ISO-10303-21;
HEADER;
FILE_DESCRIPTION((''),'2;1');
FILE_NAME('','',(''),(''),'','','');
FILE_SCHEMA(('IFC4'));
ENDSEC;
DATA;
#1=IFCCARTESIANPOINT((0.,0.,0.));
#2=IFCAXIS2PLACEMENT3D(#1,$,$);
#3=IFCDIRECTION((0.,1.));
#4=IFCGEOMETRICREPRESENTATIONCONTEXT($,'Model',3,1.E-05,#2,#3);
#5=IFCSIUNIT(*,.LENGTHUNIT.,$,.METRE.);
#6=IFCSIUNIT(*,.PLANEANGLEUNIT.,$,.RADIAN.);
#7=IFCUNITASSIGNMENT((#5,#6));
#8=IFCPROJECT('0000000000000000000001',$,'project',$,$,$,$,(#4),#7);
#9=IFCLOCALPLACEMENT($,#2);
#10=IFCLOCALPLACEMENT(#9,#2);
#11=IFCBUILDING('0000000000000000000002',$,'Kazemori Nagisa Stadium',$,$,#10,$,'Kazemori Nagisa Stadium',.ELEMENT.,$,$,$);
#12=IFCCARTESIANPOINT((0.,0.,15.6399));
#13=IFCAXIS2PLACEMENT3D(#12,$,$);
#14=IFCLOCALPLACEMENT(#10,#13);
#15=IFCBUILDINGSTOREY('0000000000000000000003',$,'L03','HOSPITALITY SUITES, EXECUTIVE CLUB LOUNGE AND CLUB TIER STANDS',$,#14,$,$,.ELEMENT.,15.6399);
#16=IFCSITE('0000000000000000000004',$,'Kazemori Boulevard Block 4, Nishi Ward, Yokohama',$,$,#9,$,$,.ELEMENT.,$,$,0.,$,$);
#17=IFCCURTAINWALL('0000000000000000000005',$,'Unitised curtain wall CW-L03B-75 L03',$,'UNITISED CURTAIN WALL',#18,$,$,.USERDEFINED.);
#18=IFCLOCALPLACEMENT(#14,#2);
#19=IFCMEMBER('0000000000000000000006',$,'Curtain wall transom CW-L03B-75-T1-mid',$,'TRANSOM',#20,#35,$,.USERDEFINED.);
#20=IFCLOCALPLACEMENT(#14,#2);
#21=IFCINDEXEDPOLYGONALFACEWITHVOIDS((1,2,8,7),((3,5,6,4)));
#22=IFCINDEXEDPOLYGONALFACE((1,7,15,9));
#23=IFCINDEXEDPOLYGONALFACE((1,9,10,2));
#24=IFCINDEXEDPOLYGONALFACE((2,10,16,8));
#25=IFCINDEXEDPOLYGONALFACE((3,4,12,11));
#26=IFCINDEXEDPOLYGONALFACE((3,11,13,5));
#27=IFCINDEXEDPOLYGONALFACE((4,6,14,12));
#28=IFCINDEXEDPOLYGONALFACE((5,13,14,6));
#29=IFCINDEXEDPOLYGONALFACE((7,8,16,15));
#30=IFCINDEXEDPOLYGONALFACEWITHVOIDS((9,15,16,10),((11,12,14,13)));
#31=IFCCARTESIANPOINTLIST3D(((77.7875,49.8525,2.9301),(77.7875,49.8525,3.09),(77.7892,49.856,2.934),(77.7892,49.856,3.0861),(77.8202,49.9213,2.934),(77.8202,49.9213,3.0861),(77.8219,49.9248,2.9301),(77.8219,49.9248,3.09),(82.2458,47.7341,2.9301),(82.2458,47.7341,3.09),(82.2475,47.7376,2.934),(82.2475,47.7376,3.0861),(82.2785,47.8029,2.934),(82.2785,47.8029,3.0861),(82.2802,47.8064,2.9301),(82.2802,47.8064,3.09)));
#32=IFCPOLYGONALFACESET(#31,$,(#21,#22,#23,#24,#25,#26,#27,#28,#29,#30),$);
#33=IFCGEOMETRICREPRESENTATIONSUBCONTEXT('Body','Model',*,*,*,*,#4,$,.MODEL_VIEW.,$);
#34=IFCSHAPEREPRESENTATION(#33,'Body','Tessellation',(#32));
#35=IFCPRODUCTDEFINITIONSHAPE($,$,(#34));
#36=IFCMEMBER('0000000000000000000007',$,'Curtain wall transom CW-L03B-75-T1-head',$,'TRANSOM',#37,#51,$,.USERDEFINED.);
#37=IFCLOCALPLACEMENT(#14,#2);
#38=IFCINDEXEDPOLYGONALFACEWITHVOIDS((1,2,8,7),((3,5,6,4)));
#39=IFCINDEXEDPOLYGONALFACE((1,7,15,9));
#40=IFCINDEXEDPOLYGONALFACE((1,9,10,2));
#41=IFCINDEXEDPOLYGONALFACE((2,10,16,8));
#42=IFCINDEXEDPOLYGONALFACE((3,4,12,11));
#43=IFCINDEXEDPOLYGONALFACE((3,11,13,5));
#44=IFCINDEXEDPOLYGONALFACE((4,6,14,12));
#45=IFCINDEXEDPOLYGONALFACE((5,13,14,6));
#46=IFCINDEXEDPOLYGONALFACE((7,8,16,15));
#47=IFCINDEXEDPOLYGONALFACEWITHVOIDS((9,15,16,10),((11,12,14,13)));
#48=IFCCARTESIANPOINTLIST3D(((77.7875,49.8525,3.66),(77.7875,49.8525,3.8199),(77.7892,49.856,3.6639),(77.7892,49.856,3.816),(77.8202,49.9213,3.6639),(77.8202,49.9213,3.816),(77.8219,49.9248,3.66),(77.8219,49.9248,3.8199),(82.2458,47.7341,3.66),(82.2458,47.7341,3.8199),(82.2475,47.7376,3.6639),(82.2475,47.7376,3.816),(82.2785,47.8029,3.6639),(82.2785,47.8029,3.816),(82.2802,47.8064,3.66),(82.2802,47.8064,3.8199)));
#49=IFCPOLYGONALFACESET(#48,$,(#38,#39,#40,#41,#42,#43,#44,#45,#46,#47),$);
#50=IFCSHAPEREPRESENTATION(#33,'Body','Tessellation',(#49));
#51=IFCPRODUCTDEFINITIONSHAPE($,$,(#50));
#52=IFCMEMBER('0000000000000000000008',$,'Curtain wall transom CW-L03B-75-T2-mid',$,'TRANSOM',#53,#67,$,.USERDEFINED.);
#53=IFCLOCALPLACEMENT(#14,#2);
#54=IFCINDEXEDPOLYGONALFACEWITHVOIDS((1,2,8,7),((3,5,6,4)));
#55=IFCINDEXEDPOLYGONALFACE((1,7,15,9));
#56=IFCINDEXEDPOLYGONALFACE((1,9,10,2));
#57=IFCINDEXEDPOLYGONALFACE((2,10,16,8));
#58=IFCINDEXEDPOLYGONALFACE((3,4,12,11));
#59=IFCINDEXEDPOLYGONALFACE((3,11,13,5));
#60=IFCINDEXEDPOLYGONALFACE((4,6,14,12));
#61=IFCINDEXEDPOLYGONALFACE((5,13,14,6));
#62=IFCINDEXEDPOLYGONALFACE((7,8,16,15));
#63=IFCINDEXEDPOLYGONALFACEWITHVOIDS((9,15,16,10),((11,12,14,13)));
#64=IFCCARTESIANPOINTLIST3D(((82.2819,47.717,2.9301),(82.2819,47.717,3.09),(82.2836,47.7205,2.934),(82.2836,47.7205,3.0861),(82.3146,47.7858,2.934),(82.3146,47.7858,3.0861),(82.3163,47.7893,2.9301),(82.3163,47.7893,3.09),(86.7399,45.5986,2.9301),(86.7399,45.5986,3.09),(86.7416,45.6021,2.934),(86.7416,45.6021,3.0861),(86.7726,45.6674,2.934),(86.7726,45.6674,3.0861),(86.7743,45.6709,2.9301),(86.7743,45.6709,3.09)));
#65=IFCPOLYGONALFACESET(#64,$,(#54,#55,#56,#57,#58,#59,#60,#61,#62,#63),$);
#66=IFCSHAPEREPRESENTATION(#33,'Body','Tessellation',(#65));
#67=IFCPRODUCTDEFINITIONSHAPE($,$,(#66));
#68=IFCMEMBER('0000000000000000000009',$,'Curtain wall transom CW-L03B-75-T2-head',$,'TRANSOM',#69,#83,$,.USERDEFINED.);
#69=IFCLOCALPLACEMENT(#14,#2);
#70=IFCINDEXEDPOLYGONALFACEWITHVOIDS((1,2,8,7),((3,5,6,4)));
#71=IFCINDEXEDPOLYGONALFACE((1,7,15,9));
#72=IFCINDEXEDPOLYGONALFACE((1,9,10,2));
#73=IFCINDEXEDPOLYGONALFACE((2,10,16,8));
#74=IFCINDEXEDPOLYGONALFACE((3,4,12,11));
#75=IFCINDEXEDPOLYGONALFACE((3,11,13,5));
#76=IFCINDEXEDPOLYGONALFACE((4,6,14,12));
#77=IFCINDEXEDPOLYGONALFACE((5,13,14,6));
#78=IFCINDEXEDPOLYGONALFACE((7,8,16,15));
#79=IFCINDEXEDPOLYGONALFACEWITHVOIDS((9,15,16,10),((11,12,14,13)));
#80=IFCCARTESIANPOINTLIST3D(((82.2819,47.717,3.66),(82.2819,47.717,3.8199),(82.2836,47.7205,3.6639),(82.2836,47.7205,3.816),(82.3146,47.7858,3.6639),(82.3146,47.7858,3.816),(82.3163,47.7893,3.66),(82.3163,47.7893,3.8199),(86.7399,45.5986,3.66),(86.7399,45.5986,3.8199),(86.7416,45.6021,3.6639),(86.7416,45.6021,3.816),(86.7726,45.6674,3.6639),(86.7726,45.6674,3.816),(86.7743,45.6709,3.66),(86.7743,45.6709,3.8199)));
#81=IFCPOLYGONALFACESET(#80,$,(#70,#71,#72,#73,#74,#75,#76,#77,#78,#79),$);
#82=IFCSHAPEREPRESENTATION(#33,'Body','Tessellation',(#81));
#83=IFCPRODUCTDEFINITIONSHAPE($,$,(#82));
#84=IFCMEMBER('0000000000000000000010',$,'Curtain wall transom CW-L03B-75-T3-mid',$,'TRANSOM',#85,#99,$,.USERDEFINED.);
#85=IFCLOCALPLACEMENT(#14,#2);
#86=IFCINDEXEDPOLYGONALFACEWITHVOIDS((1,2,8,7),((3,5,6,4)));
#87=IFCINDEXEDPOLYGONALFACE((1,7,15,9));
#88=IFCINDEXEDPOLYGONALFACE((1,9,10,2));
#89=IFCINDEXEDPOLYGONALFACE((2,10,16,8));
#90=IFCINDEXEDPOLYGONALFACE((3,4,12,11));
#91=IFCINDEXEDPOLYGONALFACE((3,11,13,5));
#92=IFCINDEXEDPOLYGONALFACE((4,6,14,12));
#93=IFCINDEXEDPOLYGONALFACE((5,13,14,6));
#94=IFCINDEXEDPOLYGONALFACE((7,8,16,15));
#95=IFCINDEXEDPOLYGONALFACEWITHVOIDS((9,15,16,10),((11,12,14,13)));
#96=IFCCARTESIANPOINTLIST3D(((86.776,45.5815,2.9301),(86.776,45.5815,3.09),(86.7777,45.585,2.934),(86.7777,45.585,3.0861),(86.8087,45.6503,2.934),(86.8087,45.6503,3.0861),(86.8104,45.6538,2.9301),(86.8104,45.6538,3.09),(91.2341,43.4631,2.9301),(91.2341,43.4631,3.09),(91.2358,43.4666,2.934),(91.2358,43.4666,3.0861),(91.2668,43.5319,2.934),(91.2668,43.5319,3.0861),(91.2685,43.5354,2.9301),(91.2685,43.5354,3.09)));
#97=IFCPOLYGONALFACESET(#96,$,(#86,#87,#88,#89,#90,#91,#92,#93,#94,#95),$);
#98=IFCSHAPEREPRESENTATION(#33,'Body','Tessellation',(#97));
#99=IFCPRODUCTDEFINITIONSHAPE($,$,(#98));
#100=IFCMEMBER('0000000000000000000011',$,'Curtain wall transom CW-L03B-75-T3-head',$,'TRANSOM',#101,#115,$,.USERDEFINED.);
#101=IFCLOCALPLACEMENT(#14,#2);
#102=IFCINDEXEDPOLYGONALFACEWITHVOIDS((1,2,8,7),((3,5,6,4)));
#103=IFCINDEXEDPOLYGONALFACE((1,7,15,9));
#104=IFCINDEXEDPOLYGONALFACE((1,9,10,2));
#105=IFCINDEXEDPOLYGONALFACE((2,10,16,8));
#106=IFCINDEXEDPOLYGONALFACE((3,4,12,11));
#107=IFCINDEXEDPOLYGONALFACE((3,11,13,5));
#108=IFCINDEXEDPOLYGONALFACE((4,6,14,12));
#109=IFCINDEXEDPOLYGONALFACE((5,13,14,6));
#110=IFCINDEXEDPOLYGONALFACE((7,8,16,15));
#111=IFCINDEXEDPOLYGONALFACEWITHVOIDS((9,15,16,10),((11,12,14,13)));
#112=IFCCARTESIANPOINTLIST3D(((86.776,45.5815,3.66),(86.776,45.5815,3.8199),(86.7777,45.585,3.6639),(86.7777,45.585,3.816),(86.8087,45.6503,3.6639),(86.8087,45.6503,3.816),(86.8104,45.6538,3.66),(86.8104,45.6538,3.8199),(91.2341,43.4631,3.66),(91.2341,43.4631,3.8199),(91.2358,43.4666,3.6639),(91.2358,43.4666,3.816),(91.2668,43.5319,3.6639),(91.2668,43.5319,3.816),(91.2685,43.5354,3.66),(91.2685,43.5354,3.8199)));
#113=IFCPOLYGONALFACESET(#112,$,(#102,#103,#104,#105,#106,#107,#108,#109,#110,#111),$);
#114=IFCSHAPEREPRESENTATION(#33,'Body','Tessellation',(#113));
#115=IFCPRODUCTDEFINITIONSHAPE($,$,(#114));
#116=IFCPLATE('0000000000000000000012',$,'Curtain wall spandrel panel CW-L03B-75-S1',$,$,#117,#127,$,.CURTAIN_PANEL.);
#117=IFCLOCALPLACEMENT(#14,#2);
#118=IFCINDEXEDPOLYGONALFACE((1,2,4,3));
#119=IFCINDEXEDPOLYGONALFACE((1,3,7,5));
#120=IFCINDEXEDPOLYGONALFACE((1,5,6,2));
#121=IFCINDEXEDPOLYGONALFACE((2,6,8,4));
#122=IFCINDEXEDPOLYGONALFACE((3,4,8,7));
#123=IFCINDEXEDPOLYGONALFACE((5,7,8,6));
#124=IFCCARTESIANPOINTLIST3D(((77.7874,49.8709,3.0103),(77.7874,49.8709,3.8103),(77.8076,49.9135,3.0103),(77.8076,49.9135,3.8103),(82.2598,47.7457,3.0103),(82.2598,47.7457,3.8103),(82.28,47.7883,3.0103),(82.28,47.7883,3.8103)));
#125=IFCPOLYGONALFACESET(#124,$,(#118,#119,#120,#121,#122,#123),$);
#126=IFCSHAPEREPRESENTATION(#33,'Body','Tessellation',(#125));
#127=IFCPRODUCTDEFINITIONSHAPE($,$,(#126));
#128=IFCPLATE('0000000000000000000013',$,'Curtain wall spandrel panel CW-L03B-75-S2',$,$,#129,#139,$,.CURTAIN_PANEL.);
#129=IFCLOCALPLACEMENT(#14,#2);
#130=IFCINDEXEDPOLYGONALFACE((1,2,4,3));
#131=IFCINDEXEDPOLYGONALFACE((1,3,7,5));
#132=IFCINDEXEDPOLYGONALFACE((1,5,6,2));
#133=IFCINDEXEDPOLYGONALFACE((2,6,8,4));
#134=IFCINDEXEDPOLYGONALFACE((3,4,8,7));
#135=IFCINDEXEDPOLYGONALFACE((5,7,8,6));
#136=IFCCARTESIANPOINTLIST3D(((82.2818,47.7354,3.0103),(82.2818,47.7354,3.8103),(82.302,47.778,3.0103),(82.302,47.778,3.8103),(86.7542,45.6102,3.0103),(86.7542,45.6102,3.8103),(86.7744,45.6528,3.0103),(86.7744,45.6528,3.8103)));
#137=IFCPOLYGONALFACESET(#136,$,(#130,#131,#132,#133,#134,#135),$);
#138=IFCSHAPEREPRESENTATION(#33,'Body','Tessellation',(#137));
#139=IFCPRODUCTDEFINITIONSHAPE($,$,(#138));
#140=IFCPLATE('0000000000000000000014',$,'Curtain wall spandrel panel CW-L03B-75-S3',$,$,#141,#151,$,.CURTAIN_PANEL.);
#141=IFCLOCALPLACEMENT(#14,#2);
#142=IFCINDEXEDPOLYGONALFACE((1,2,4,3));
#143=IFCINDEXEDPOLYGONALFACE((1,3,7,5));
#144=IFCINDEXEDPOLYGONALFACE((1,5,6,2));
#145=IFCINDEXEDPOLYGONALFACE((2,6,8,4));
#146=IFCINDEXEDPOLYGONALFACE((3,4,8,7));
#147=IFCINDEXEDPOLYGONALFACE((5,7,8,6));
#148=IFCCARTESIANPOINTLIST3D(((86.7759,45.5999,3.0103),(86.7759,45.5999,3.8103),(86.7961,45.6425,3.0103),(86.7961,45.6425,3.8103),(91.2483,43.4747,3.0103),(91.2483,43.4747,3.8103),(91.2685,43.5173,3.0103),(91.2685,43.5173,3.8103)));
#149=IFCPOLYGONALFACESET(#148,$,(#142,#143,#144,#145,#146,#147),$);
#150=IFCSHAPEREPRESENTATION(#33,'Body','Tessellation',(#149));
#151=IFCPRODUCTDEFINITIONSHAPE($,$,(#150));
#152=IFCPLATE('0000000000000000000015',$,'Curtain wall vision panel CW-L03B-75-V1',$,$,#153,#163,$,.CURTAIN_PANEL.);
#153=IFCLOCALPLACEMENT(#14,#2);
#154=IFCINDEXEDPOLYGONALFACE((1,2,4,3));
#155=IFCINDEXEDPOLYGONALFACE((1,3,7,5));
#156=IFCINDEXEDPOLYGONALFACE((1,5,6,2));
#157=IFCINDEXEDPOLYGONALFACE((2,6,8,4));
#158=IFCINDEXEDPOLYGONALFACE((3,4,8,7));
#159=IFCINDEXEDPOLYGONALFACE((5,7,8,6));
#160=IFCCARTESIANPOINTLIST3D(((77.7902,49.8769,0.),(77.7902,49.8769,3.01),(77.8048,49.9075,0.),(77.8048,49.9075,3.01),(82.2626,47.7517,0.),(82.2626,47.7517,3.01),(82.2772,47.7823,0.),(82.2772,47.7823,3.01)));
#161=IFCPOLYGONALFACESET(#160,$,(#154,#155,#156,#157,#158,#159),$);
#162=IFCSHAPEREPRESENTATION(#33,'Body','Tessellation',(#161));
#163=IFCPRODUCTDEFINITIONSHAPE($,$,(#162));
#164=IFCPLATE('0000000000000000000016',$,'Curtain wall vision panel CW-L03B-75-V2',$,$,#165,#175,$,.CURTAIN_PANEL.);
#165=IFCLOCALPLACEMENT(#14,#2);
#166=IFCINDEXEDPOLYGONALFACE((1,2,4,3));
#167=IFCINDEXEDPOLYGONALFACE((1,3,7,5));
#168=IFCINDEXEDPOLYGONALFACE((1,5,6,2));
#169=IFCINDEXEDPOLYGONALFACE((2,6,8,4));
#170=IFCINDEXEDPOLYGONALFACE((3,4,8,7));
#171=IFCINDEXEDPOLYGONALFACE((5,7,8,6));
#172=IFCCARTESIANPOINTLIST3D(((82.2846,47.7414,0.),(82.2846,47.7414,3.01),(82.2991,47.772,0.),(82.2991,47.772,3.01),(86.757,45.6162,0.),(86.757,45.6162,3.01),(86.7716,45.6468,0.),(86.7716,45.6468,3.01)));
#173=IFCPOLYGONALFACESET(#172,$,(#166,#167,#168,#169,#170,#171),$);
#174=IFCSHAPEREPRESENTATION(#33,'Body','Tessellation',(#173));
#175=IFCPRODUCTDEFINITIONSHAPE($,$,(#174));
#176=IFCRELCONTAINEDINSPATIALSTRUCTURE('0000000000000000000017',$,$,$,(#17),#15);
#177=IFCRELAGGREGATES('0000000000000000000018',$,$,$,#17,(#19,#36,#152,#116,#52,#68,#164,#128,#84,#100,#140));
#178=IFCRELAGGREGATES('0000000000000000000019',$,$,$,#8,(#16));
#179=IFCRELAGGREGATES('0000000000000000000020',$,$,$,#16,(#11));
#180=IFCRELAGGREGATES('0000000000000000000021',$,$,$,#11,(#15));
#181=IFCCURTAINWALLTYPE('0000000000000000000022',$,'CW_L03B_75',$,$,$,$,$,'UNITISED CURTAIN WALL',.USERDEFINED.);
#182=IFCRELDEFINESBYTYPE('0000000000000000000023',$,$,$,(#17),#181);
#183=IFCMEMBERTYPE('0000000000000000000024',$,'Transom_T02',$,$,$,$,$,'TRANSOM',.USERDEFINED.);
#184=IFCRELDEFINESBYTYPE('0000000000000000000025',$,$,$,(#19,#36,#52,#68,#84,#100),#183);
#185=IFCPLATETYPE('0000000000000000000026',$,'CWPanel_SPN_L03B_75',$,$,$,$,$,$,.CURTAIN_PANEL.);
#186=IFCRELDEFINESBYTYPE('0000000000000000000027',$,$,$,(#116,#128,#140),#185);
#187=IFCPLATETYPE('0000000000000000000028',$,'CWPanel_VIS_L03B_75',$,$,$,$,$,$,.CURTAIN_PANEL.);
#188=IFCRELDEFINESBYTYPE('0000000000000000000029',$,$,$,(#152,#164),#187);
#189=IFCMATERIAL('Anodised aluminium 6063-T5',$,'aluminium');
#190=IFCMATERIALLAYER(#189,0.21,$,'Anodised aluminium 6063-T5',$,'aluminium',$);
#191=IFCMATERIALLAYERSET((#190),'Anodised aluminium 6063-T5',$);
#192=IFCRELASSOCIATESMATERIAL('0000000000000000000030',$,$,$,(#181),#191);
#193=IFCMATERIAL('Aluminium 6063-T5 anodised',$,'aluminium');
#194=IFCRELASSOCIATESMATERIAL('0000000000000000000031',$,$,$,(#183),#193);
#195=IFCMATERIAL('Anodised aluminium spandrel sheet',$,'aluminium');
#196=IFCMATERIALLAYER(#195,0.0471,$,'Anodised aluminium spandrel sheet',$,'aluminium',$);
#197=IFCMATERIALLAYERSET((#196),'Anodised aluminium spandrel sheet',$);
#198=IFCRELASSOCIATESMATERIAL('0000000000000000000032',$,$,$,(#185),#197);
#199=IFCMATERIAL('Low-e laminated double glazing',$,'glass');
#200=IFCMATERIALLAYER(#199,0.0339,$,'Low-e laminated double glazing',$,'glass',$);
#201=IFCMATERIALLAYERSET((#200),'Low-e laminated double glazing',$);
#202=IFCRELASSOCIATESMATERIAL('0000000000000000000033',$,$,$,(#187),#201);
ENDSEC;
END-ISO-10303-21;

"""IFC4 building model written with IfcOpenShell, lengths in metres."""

from ifc_helpers import new_model, si_unit, direction, frame, origin, origin_2d, place, context, subcontext, project, spatial, rectangle, hollow_rectangle, extrude, material, layer, layer_set, material_profile, profile_set, type_object, element, aggregate, save


model = new_model("IFC4")

# Units and contexts
model_context = context("Model", 3, precision=1e-05, world=origin(), true_north=direction((0.0, 1.0)))
body_context = subcontext(model_context, "Body", "Model", "MODEL_VIEW")
ifc_project = project(units=[si_unit("LENGTHUNIT", "METRE"), si_unit("PLANEANGLEUNIT", "RADIAN")], contexts=[model_context])

# Site, building, storey
site_placement = place(None, origin())
site = spatial("IfcSite", under=ifc_project, at=site_placement, Name="Kazemori Boulevard Block 4, Nishi Ward, Yokohama", CompositionType="ELEMENT", RefElevation=0.0)
building_placement = place(site_placement, origin())
building = spatial("IfcBuilding", under=site, at=building_placement, Name="Kazemori Nagisa Stadium", LongName="Kazemori Nagisa Stadium", CompositionType="ELEMENT")
storey_placement = place(building_placement, frame((0.0, 0.0, 15.6399)))
storey = spatial("IfcBuildingStorey", under=building, at=storey_placement, Name="L03", Description="HOSPITALITY SUITES, EXECUTIVE CLUB LOUNGE AND CLUB TIER STANDS", CompositionType="ELEMENT", Elevation=15.6399)

# Curtain wall, members, plates
ifc_material_1 = material(Name="Anodised aluminium 6063-T5", Category="aluminium")
ifc_layer_1 = layer(ifc_material_1, 0.21, Name="Anodised aluminium 6063-T5", Category="aluminium")
ifc_layer_set_1 = layer_set([ifc_layer_1], Name="Anodised aluminium 6063-T5")
curtain_wall_type = type_object("IfcCurtainWallType", Name="CW_L03B_75", ElementType="UNITISED CURTAIN WALL", PredefinedType="USERDEFINED", material=ifc_layer_set_1)
curtain_wall_placement = place(storey_placement, origin())
curtain_wall = element("IfcCurtainWall", 1, at=curtain_wall_placement, inside=storey, type_object=curtain_wall_type, Name="Unitised curtain wall CW-L03B-75 L03", ObjectType="UNITISED CURTAIN WALL", PredefinedType="USERDEFINED")
ifc_material_2 = material(Name="Aluminium 6063-T5 anodised", Category="aluminium")
ifc_material_profile_1 = material_profile(ifc_material_2, hollow_rectangle(XDim=0.0801, YDim=0.1599, WallThickness=0.0039, at=origin_2d()), Name="ALU-TRAN-80x160x4")
ifc_profile_set_1 = profile_set([ifc_material_profile_1], Name="Aluminium 6063-T5 anodised")
member_type_1 = type_object("IfcMemberType", Name="Transom_T02", ElementType="TRANSOM", PredefinedType="USERDEFINED", material=ifc_profile_set_1)
member_1_placement = place(storey_placement, frame((77.8047, 49.8887, 3.01), z_axis=(0.90322, -0.429179, 0.0), x_axis=(0.429179, 0.90322, 0.0)))
member_1 = element("IfcMember", 2, at=member_1_placement, type_object=member_type_1, Name="Curtain wall transom CW-L03B-75-T1-mid", ObjectType="TRANSOM", PredefinedType="USERDEFINED", context=body_context, shape_type="SweptSolid", body=[
    extrude(hollow_rectangle(XDim=0.0801, YDim=0.1599, WallThickness=0.0039, at=origin_2d()), origin(), (0.0, 0.0, 1.0), 4.936),
])
member_2_placement = place(storey_placement, frame((77.8047, 49.8887, 3.74), z_axis=(0.90322, -0.429179, 0.0), x_axis=(0.429179, 0.90322, 0.0)))
member_2 = element("IfcMember", 3, at=member_2_placement, type_object=member_type_1, Name="Curtain wall transom CW-L03B-75-T1-head", ObjectType="TRANSOM", PredefinedType="USERDEFINED", context=body_context, shape_type="SweptSolid", body=[
    extrude(hollow_rectangle(XDim=0.0801, YDim=0.1599, WallThickness=0.0039, at=origin_2d()), origin(), (0.0, 0.0, 1.0), 4.936),
])
member_3_placement = place(storey_placement, frame((82.2991, 47.7532, 3.01), z_axis=(0.90321, -0.429198, 0.0), x_axis=(0.429198, 0.90321, 0.0)))
member_3 = element("IfcMember", 4, at=member_3_placement, type_object=member_type_1, Name="Curtain wall transom CW-L03B-75-T2-mid", ObjectType="TRANSOM", PredefinedType="USERDEFINED", context=body_context, shape_type="SweptSolid", body=[
    extrude(hollow_rectangle(XDim=0.0801, YDim=0.1599, WallThickness=0.0039, at=origin_2d()), origin(), (0.0, 0.0, 1.0), 4.9358),
])
member_4_placement = place(storey_placement, frame((82.2991, 47.7532, 3.74), z_axis=(0.90321, -0.429198, 0.0), x_axis=(0.429198, 0.90321, 0.0)))
member_4 = element("IfcMember", 5, at=member_4_placement, type_object=member_type_1, Name="Curtain wall transom CW-L03B-75-T2-head", ObjectType="TRANSOM", PredefinedType="USERDEFINED", context=body_context, shape_type="SweptSolid", body=[
    extrude(hollow_rectangle(XDim=0.0801, YDim=0.1599, WallThickness=0.0039, at=origin_2d()), origin(), (0.0, 0.0, 1.0), 4.9358),
])
member_5_placement = place(storey_placement, frame((86.7932, 45.6177, 3.01), z_axis=(0.90321, -0.429198, 0.0), x_axis=(0.429198, 0.90321, 0.0)))
member_5 = element("IfcMember", 6, at=member_5_placement, type_object=member_type_1, Name="Curtain wall transom CW-L03B-75-T3-mid", ObjectType="TRANSOM", PredefinedType="USERDEFINED", context=body_context, shape_type="SweptSolid", body=[
    extrude(hollow_rectangle(XDim=0.0801, YDim=0.1599, WallThickness=0.0039, at=origin_2d()), origin(), (0.0, 0.0, 1.0), 4.9358),
])
member_6_placement = place(storey_placement, frame((86.7932, 45.6177, 3.74), z_axis=(0.90321, -0.429198, 0.0), x_axis=(0.429198, 0.90321, 0.0)))
member_6 = element("IfcMember", 7, at=member_6_placement, type_object=member_type_1, Name="Curtain wall transom CW-L03B-75-T3-head", ObjectType="TRANSOM", PredefinedType="USERDEFINED", context=body_context, shape_type="SweptSolid", body=[
    extrude(hollow_rectangle(XDim=0.0801, YDim=0.1599, WallThickness=0.0039, at=origin_2d()), origin(), (0.0, 0.0, 1.0), 4.9358),
])
ifc_material_3 = material(Name="Anodised aluminium spandrel sheet", Category="aluminium")
ifc_layer_2 = layer(ifc_material_3, 0.0471, Name="Anodised aluminium spandrel sheet", Category="aluminium")
ifc_layer_set_2 = layer_set([ifc_layer_2], Name="Anodised aluminium spandrel sheet")
plate_type_1 = type_object("IfcPlateType", Name="CWPanel_SPN_L03B_75", PredefinedType="CURTAIN_PANEL", material=ifc_layer_set_2)
plate_1_placement = place(storey_placement, frame((80.0337, 48.8296, 3.0103), z_axis=(0.0, 0.0, 1.0), x_axis=(0.903216, -0.429186, 0.0)))
plate_1 = element("IfcPlate", 8, at=plate_1_placement, type_object=plate_type_1, Name="Curtain wall spandrel panel CW-L03B-75-S1", PredefinedType="CURTAIN_PANEL", context=body_context, shape_type="SweptSolid", body=[
    extrude(rectangle(XDim=4.9517, YDim=0.0471, at=origin_2d()), origin(), (0.0, 0.0, 1.0), 0.8),
])
plate_2_placement = place(storey_placement, frame((84.5281, 46.6941, 3.0103), z_axis=(0.0, 0.0, 1.0), x_axis=(0.903216, -0.429186, 0.0)))
plate_2 = element("IfcPlate", 9, at=plate_2_placement, type_object=plate_type_1, Name="Curtain wall spandrel panel CW-L03B-75-S2", PredefinedType="CURTAIN_PANEL", context=body_context, shape_type="SweptSolid", body=[
    extrude(rectangle(XDim=4.9517, YDim=0.0471, at=origin_2d()), origin(), (0.0, 0.0, 1.0), 0.8),
])
plate_3_placement = place(storey_placement, frame((89.0222, 44.5586, 3.0103), z_axis=(0.0, 0.0, 1.0), x_axis=(0.903216, -0.429186, 0.0)))
plate_3 = element("IfcPlate", 10, at=plate_3_placement, type_object=plate_type_1, Name="Curtain wall spandrel panel CW-L03B-75-S3", PredefinedType="CURTAIN_PANEL", context=body_context, shape_type="SweptSolid", body=[
    extrude(rectangle(XDim=4.9517, YDim=0.0471, at=origin_2d()), origin(), (0.0, 0.0, 1.0), 0.8),
])
ifc_material_4 = material(Name="Low-e laminated double glazing", Category="glass")
ifc_layer_3 = layer(ifc_material_4, 0.0339, Name="Low-e laminated double glazing", Category="glass")
ifc_layer_set_3 = layer_set([ifc_layer_3], Name="Low-e laminated double glazing")
plate_type_2 = type_object("IfcPlateType", Name="CWPanel_VIS_L03B_75", PredefinedType="CURTAIN_PANEL", material=ifc_layer_set_3)
plate_4_placement = place(storey_placement, frame((80.0337, 48.8296, 0.0), z_axis=(0.0, 0.0, 1.0), x_axis=(0.903216, -0.429186, 0.0)))
plate_4 = element("IfcPlate", 11, at=plate_4_placement, type_object=plate_type_2, Name="Curtain wall vision panel CW-L03B-75-V1", PredefinedType="CURTAIN_PANEL", context=body_context, shape_type="SweptSolid", body=[
    extrude(rectangle(XDim=4.9517, YDim=0.0339, at=origin_2d()), origin(), (0.0, 0.0, 1.0), 3.01),
])
plate_5_placement = place(storey_placement, frame((84.5281, 46.6941, 0.0), z_axis=(0.0, 0.0, 1.0), x_axis=(0.903216, -0.429186, 0.0)))
plate_5 = element("IfcPlate", 12, at=plate_5_placement, type_object=plate_type_2, Name="Curtain wall vision panel CW-L03B-75-V2", PredefinedType="CURTAIN_PANEL", context=body_context, shape_type="SweptSolid", body=[
    extrude(rectangle(XDim=4.9517, YDim=0.0339, at=origin_2d()), origin(), (0.0, 0.0, 1.0), 3.01),
])
aggregate(curtain_wall, [member_1, member_2, plate_4, plate_1, member_3, member_4, plate_5, plate_2, member_5, member_6, plate_3])

save(model, "model.ifc")
